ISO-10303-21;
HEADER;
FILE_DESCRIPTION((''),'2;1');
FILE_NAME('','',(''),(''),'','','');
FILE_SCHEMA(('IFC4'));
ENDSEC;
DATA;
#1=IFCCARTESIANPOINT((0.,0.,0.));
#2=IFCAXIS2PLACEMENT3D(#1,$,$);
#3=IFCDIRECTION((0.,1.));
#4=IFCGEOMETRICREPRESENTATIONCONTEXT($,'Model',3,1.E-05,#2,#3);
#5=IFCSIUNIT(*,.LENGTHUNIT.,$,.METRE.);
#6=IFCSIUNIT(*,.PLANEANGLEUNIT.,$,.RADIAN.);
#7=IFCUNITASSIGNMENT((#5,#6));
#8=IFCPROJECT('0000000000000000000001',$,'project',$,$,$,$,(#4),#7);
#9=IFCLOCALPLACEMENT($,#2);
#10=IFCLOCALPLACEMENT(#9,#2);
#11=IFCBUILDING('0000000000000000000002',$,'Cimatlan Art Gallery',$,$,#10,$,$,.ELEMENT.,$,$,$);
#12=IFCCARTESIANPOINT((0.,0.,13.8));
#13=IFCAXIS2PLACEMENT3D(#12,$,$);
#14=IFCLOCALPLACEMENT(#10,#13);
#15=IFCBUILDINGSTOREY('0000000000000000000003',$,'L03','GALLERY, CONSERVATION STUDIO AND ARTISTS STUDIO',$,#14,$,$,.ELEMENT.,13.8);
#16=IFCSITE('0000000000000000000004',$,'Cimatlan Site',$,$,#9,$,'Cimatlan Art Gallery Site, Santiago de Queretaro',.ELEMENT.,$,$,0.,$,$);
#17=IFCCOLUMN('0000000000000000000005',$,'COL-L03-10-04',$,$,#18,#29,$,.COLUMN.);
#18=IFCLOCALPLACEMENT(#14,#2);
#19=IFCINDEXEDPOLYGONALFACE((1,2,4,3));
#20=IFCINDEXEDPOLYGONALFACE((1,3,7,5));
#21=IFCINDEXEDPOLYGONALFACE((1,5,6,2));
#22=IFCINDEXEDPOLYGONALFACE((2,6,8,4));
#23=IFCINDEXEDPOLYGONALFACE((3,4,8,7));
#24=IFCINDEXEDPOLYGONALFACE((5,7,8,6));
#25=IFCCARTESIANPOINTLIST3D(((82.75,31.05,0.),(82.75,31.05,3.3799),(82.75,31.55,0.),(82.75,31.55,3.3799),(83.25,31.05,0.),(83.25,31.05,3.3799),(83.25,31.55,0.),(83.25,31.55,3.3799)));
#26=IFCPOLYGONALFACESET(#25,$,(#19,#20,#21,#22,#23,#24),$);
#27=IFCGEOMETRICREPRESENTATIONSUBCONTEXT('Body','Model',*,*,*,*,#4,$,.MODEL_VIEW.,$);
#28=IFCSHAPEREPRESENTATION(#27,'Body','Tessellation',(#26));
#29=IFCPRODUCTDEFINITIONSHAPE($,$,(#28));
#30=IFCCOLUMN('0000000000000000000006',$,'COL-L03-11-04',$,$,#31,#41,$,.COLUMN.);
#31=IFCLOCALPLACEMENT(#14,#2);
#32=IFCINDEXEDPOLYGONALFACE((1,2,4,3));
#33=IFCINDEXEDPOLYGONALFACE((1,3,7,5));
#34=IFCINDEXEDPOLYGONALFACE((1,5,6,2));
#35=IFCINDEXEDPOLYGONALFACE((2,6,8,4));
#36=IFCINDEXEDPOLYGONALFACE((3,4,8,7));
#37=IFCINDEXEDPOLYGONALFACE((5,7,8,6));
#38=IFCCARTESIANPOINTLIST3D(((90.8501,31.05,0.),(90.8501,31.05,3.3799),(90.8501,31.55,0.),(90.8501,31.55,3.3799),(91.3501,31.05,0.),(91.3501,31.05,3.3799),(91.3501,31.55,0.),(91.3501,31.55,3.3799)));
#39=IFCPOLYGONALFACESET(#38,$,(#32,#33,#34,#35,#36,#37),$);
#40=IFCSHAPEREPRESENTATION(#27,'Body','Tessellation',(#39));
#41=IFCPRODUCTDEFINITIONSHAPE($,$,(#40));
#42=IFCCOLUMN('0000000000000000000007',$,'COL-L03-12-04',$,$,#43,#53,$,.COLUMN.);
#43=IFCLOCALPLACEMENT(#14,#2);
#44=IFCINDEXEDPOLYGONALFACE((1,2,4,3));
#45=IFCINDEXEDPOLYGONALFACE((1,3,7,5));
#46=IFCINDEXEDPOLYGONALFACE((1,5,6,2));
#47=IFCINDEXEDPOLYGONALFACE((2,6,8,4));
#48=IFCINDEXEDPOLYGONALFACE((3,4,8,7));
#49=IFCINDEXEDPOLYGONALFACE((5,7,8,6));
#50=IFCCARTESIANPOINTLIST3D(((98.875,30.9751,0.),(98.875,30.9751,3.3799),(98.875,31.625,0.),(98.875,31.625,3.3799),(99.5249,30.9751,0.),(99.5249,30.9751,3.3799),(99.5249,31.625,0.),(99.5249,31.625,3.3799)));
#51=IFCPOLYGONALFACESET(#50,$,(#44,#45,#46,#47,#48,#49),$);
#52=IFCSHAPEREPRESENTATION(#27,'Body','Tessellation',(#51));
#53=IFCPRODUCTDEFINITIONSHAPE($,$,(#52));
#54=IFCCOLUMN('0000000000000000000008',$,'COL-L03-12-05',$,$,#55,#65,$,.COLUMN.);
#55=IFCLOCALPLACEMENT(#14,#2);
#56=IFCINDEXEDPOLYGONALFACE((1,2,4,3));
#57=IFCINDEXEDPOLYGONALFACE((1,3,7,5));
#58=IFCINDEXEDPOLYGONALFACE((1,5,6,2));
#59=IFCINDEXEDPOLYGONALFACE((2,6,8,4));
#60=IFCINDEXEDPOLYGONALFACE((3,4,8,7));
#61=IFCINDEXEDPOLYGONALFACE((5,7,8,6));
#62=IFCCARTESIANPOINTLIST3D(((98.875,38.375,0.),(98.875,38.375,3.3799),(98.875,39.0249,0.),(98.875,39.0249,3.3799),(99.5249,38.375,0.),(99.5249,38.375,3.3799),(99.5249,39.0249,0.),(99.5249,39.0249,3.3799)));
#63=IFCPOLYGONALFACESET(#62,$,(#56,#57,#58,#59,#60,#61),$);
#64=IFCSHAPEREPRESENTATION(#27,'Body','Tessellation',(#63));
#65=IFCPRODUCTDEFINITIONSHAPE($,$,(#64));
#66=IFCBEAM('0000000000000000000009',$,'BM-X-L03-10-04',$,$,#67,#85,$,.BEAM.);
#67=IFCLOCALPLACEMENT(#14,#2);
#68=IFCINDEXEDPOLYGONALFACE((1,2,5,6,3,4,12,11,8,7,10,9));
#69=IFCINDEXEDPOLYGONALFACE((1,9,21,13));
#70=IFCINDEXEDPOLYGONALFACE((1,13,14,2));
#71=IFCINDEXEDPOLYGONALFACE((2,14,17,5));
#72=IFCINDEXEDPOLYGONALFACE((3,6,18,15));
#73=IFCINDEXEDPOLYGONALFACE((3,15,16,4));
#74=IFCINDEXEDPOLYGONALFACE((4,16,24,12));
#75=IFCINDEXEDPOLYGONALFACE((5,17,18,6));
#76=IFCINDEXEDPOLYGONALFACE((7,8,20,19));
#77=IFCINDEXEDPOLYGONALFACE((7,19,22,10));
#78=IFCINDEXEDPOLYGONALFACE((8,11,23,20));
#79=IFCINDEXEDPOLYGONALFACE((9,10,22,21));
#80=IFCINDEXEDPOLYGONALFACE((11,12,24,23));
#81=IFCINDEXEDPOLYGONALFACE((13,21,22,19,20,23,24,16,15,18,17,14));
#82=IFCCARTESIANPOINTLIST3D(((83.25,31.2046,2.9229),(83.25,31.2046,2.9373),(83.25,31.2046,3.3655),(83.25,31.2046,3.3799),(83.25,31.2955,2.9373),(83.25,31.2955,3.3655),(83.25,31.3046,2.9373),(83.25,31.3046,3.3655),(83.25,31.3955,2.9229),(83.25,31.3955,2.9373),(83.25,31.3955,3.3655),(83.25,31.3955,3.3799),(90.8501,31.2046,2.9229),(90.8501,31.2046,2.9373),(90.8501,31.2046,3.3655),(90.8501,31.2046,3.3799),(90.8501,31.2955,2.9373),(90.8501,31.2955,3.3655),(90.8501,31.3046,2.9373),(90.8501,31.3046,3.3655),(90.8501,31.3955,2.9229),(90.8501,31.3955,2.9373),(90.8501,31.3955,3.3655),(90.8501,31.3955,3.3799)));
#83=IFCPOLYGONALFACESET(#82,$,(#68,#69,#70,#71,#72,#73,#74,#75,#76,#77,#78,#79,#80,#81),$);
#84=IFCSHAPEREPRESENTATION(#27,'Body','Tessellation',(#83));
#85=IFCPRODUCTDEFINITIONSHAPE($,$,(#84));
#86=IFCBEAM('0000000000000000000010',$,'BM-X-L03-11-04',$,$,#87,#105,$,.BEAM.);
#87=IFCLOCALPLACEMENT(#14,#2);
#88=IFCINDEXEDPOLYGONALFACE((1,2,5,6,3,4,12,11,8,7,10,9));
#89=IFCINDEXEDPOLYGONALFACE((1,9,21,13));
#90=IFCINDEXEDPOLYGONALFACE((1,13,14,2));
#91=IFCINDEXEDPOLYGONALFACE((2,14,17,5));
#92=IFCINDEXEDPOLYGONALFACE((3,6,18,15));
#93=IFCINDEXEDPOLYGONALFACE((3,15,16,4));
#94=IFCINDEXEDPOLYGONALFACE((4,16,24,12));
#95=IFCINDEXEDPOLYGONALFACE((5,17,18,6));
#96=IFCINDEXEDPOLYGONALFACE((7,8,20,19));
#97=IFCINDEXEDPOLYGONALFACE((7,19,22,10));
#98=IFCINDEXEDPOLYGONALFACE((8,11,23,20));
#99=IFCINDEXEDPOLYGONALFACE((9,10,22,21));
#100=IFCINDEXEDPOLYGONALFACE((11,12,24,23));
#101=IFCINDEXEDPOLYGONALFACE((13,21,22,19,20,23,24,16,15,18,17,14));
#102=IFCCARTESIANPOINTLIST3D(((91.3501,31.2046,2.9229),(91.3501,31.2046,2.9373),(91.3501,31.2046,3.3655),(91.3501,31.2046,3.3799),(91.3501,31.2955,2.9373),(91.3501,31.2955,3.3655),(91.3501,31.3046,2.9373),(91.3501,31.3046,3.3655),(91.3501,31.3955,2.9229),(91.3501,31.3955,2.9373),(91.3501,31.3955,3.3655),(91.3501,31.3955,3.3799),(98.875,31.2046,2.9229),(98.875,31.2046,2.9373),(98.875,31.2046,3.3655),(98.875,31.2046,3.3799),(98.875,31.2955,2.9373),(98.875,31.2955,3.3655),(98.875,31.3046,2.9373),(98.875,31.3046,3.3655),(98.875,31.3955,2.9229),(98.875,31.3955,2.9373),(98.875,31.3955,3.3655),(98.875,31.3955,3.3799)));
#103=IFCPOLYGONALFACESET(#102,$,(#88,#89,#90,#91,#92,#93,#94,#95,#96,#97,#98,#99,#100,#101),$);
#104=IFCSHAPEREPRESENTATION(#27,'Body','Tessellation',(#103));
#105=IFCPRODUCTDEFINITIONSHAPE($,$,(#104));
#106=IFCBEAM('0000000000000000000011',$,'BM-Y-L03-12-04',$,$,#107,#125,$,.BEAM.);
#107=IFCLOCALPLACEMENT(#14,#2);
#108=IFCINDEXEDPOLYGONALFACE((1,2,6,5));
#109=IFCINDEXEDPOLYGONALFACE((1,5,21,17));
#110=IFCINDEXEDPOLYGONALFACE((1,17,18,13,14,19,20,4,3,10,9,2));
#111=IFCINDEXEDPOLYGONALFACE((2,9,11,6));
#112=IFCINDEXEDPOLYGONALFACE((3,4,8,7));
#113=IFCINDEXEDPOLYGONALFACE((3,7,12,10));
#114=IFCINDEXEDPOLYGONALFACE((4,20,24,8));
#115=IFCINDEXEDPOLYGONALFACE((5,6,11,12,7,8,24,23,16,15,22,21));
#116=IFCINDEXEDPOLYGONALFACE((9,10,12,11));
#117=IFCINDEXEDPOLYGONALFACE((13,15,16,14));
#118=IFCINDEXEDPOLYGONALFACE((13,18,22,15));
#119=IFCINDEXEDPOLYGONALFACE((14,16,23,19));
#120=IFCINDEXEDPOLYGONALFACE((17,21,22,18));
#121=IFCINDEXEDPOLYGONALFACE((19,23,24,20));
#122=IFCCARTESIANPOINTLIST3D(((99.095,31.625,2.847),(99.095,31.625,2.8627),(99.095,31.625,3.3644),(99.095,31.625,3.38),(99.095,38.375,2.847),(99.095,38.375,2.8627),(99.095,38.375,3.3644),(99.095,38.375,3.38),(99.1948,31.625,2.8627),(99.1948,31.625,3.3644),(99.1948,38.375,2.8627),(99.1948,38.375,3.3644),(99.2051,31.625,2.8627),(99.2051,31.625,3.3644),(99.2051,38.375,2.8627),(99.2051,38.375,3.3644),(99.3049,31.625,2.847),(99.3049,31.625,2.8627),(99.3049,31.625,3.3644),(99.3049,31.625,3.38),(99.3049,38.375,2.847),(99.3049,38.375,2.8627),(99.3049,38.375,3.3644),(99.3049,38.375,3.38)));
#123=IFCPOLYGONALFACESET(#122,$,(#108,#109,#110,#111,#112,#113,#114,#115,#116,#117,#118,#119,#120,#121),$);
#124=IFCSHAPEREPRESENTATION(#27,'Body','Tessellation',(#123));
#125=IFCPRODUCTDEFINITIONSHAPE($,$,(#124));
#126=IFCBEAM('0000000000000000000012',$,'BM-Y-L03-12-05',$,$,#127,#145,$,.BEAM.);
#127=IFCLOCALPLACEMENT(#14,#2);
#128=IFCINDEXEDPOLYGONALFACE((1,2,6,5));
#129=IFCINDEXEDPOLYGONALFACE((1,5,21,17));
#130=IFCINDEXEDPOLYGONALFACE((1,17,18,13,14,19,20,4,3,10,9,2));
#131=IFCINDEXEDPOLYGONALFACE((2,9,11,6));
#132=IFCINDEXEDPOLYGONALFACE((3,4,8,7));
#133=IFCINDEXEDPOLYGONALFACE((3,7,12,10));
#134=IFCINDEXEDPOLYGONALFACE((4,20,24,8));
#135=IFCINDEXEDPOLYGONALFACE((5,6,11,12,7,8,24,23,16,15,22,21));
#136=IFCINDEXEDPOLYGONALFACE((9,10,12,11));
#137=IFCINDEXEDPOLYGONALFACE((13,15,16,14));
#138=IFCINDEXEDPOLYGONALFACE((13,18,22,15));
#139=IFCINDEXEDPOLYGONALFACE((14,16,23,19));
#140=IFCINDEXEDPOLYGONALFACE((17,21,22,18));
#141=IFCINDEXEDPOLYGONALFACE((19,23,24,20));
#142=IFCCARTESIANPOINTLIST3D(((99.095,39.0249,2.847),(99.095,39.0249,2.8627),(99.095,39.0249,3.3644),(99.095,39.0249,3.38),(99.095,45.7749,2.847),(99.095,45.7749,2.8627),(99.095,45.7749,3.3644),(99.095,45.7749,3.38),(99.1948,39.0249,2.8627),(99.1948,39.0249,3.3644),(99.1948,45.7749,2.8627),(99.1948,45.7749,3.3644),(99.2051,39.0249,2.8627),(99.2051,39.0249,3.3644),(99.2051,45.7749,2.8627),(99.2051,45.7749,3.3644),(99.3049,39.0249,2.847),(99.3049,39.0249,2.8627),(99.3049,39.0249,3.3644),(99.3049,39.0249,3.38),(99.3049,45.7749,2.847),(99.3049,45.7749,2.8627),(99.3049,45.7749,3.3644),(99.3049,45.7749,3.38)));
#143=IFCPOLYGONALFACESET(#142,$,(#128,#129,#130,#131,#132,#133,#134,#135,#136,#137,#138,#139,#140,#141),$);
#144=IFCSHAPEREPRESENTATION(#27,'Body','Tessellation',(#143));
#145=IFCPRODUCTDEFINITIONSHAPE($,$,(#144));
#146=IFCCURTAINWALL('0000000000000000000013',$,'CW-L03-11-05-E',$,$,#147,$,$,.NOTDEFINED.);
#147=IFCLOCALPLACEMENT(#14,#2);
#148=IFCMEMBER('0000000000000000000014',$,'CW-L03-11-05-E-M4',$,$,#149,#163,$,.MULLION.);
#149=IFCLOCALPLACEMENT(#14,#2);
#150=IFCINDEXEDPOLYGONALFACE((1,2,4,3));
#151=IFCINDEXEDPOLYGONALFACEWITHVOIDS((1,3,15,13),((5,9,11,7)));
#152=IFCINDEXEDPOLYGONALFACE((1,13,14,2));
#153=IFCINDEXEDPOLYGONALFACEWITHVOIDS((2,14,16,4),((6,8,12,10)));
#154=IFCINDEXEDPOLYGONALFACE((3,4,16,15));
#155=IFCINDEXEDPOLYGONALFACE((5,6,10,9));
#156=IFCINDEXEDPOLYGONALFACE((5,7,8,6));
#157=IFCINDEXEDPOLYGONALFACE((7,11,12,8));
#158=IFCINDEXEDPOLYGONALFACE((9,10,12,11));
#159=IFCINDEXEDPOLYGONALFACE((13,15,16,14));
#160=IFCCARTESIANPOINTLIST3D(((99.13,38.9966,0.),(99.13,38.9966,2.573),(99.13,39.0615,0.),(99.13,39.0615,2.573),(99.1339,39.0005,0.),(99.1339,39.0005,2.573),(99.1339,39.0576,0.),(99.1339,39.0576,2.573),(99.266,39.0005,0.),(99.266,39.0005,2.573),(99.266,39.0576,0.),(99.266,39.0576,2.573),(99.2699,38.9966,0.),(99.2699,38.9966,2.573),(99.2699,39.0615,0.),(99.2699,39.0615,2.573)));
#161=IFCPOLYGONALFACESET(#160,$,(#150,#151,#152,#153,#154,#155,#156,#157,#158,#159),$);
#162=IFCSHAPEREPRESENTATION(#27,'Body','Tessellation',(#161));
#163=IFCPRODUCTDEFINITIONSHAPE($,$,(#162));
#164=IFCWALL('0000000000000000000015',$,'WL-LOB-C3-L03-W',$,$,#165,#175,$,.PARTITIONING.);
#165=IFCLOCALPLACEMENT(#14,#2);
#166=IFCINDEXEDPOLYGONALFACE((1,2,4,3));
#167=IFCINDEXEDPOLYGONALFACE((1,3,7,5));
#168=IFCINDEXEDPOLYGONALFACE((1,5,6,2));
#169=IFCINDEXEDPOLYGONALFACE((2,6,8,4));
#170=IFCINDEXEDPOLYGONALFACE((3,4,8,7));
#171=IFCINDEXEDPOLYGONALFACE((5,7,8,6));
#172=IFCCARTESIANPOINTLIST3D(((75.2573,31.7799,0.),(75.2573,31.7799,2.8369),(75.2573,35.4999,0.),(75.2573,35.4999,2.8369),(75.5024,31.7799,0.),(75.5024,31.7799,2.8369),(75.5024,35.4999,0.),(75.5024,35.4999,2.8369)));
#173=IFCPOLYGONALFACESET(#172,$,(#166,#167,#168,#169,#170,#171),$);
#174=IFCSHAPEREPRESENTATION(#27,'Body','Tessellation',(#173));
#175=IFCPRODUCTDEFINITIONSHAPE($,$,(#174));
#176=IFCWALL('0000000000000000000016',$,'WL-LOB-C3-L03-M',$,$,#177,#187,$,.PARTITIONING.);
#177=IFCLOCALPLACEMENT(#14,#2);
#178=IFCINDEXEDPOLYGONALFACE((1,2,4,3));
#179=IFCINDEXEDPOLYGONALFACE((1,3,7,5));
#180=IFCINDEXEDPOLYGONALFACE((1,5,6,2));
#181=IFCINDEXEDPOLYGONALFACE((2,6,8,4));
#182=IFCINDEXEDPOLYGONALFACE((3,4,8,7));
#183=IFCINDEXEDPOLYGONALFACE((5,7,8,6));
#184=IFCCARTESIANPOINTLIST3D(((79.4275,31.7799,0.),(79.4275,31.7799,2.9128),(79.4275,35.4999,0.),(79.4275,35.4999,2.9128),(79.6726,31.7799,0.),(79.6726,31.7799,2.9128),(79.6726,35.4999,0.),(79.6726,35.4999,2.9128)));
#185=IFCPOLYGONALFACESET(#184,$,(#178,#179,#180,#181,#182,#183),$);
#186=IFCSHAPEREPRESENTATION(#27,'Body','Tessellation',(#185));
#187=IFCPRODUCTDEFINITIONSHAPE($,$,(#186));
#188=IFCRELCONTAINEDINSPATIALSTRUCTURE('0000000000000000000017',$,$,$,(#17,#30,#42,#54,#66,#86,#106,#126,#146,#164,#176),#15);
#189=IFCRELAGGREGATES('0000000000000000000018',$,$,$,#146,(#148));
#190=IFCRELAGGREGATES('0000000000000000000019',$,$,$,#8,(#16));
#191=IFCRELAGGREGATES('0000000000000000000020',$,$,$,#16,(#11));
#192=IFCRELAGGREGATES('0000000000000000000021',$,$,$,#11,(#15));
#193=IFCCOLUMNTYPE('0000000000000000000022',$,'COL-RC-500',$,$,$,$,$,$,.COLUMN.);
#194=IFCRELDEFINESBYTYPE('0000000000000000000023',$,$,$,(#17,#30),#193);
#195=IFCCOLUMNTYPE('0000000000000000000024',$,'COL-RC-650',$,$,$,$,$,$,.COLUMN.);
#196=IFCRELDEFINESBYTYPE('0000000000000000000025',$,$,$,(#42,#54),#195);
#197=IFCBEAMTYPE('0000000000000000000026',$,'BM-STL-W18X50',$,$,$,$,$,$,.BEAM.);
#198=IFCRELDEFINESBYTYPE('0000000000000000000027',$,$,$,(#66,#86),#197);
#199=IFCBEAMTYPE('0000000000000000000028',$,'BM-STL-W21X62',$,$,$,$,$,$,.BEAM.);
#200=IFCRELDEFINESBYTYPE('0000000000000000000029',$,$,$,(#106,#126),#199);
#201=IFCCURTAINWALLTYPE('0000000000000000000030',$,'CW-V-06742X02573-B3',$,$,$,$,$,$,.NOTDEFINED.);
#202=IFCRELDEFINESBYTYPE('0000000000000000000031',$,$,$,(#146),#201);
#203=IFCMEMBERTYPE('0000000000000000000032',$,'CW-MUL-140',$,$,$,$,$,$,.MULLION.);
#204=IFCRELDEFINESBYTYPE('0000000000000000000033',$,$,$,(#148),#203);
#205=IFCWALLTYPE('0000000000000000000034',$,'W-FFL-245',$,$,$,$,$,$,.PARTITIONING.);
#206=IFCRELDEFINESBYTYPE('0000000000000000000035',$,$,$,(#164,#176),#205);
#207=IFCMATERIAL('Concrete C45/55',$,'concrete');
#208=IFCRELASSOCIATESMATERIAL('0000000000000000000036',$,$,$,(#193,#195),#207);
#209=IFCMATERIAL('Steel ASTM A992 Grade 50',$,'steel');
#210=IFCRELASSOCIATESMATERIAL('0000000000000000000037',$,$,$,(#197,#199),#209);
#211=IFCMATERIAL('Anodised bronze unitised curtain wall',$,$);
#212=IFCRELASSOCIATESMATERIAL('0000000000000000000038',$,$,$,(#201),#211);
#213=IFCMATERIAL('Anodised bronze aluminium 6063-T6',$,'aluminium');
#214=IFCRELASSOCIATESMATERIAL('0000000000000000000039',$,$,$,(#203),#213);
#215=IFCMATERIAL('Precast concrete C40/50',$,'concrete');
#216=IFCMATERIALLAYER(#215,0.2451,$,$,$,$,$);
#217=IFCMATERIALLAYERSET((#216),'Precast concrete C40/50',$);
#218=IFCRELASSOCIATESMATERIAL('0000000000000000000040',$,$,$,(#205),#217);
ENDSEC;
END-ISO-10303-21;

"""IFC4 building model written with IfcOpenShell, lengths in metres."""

from ifc_helpers import new_model, si_unit, direction, frame, frame_2d, origin, origin_2d, place, context, subcontext, project, spatial, rectangle, hollow_rectangle, i_section, extrude, material, layer, layer_set, material_profile, profile_set, type_object, element, aggregate, save


model = new_model("IFC4")

# Units and contexts
model_context = context("Model", 3, precision=1e-05, world=origin(), true_north=direction((0.0, 1.0)))
body_context = subcontext(model_context, "Body", "Model", "MODEL_VIEW")
ifc_project = project(units=[si_unit("LENGTHUNIT", "METRE"), si_unit("PLANEANGLEUNIT", "RADIAN")], contexts=[model_context])

# Site, building, storey
site_placement = place(None, origin())
site = spatial("IfcSite", under=ifc_project, at=site_placement, Name="Cimatlan Site", LongName="Cimatlan Art Gallery Site, Santiago de Queretaro", CompositionType="ELEMENT", RefElevation=0.0)
building_placement = place(site_placement, origin())
building = spatial("IfcBuilding", under=site, at=building_placement, Name="Cimatlan Art Gallery", CompositionType="ELEMENT")
storey_placement = place(building_placement, frame((0.0, 0.0, 13.8)))
storey = spatial("IfcBuildingStorey", under=building, at=storey_placement, Name="L03", Description="GALLERY, CONSERVATION STUDIO AND ARTISTS STUDIO", CompositionType="ELEMENT", Elevation=13.8)

# Columns
ifc_material_1 = material(Name="Concrete C45/55", Category="concrete")
ifc_material_profile_1 = material_profile(ifc_material_1, rectangle(XDim=0.5, YDim=0.5, at=origin_2d()), Name="RC500X500")
ifc_profile_set_1 = profile_set([ifc_material_profile_1], Name="Concrete C45/55")
column_type_1 = type_object("IfcColumnType", Name="COL-RC-500", PredefinedType="COLUMN", material=ifc_profile_set_1)
for number, where, z_axis, x_axis, name in (
    (1, (83.0, 31.3, 0.0), (0.0, 0.0, 1.0), (1.0, 0.0, 0.0), "COL-L03-10-04"),
    (2, (91.1001, 31.3, 0.0), (0.0, 0.0, 1.0), (1.0, 0.0, 0.0), "COL-L03-11-04"),
):
    element("IfcColumn", number, at=place(storey_placement, frame(where, z_axis=z_axis, x_axis=x_axis)), inside=storey, type_object=column_type_1, Name=name, PredefinedType="COLUMN", context=body_context, shape_type="SweptSolid", body=[
        extrude(rectangle(XDim=0.5, YDim=0.5, at=origin_2d()), origin(), (0.0, 0.0, 1.0), 3.3799),
    ])
ifc_material_profile_2 = material_profile(ifc_material_1, rectangle(XDim=0.6499, YDim=0.6499, at=origin_2d()), Name="RC650X650")
ifc_profile_set_2 = profile_set([ifc_material_profile_2], Name="Concrete C45/55")
column_type_2 = type_object("IfcColumnType", Name="COL-RC-650", PredefinedType="COLUMN", material=ifc_profile_set_2)
for number, where, z_axis, x_axis, name in (
    (3, (99.2, 31.3, 0.0), (0.0, 0.0, 1.0), (1.0, 0.0, 0.0), "COL-L03-12-04"),
    (4, (99.2, 38.7, 0.0), (0.0, 0.0, 1.0), (1.0, 0.0, 0.0), "COL-L03-12-05"),
):
    element("IfcColumn", number, at=place(storey_placement, frame(where, z_axis=z_axis, x_axis=x_axis)), inside=storey, type_object=column_type_2, Name=name, PredefinedType="COLUMN", context=body_context, shape_type="SweptSolid", body=[
        extrude(rectangle(XDim=0.6499, YDim=0.6499, at=origin_2d()), origin(), (0.0, 0.0, 1.0), 3.3799),
    ])

# Beams
ifc_material_2 = material(Name="Steel ASTM A992 Grade 50", Category="steel")
ifc_material_profile_3 = material_profile(ifc_material_2, i_section(OverallWidth=0.1909, OverallDepth=0.457, WebThickness=0.009, FlangeThickness=0.0144, at=origin_2d()), Name="W18X50")
ifc_profile_set_3 = profile_set([ifc_material_profile_3], Name="Steel ASTM A992 Grade 50")
beam_type_1 = type_object("IfcBeamType", Name="BM-STL-W18X50", PredefinedType="BEAM", material=ifc_profile_set_3)
beam_1_placement = place(storey_placement, frame((83.25, 31.3, 3.1514), z_axis=(1.0, 0.0, 0.0), x_axis=(0.0, 1.0, 0.0)))
element("IfcBeam", 5, at=beam_1_placement, inside=storey, type_object=beam_type_1, Name="BM-X-L03-10-04", PredefinedType="BEAM", context=body_context, shape_type="SweptSolid", body=[
    extrude(i_section(OverallWidth=0.1909, OverallDepth=0.457, WebThickness=0.009, FlangeThickness=0.0144, at=origin_2d()), origin(), (0.0, 0.0, 1.0), 7.6001),
])
beam_2_placement = place(storey_placement, frame((91.3501, 31.3, 3.1514), z_axis=(1.0, 0.0, 0.0), x_axis=(0.0, 1.0, 0.0)))
element("IfcBeam", 6, at=beam_2_placement, inside=storey, type_object=beam_type_1, Name="BM-X-L03-11-04", PredefinedType="BEAM", context=body_context, shape_type="SweptSolid", body=[
    extrude(i_section(OverallWidth=0.1909, OverallDepth=0.457, WebThickness=0.009, FlangeThickness=0.0144, at=origin_2d()), origin(), (0.0, 0.0, 1.0), 7.5249),
])
ifc_material_profile_4 = material_profile(ifc_material_2, i_section(OverallWidth=0.21, OverallDepth=0.533, WebThickness=0.0103, FlangeThickness=0.0156, at=origin_2d()), Name="W21X62")
ifc_profile_set_4 = profile_set([ifc_material_profile_4], Name="Steel ASTM A992 Grade 50")
beam_type_2 = type_object("IfcBeamType", Name="BM-STL-W21X62", PredefinedType="BEAM", material=ifc_profile_set_4)
for number, where, z_axis, x_axis, name in (
    (7, (99.2, 31.625, 3.1135), (0.0, 1.0, 0.0), (-1.0, 0.0, 0.0), "BM-Y-L03-12-04"),
    (8, (99.2, 39.0249, 3.1135), (0.0, 1.0, 0.0), (-1.0, 0.0, 0.0), "BM-Y-L03-12-05"),
):
    element("IfcBeam", number, at=place(storey_placement, frame(where, z_axis=z_axis, x_axis=x_axis)), inside=storey, type_object=beam_type_2, Name=name, PredefinedType="BEAM", context=body_context, shape_type="SweptSolid", body=[
        extrude(i_section(OverallWidth=0.21, OverallDepth=0.533, WebThickness=0.0103, FlangeThickness=0.0156, at=origin_2d()), origin(), (0.0, 0.0, 1.0), 6.75),
    ])

# Curtain wall, member
ifc_material_3 = material(Name="Anodised bronze unitised curtain wall")
curtain_wall_type = type_object("IfcCurtainWallType", Name="CW-V-06742X02573-B3", PredefinedType="NOTDEFINED", material=ifc_material_3)
curtain_wall_placement = place(storey_placement, origin())
curtain_wall = element("IfcCurtainWall", 9, at=curtain_wall_placement, inside=storey, type_object=curtain_wall_type, Name="CW-L03-11-05-E", PredefinedType="NOTDEFINED")
ifc_material_4 = material(Name="Anodised bronze aluminium 6063-T6", Category="aluminium")
ifc_material_profile_5 = material_profile(ifc_material_4, hollow_rectangle(XDim=0.0649, YDim=0.1399, WallThickness=0.0039, at=origin_2d()), Name="ALU65X140X4")
ifc_profile_set_5 = profile_set([ifc_material_profile_5], Name="Anodised bronze aluminium 6063-T6")
member_type = type_object("IfcMemberType", Name="CW-MUL-140", PredefinedType="MULLION", material=ifc_profile_set_5)
member_placement = place(storey_placement, frame((99.2, 39.0291, 0.0), z_axis=(0.0, 0.0, 1.0), x_axis=(0.0, 1.0, 0.0)))
member = element("IfcMember", 10, at=member_placement, type_object=member_type, Name="CW-L03-11-05-E-M4", PredefinedType="MULLION", context=body_context, shape_type="SweptSolid", body=[
    extrude(hollow_rectangle(XDim=0.0649, YDim=0.1399, WallThickness=0.0039, at=origin_2d()), origin(), (0.0, 0.0, 1.0), 2.573),
])
aggregate(curtain_wall, [member])

# Shared definitions
ifc_material_5 = material(Name="Precast concrete C40/50", Category="concrete")
ifc_layer_1 = layer(ifc_material_5, 0.2451)
ifc_layer_set_1 = layer_set([ifc_layer_1], Name="Precast concrete C40/50")
wall_type_1 = type_object("IfcWallType", Name="W-FFL-245", PredefinedType="PARTITIONING", material=ifc_layer_set_1)

# Walls
wall_1_placement = place(storey_placement, frame((75.3799, 31.78, 0.0), z_axis=(0.0, 0.0, 1.0), x_axis=(0.0, 1.0, 0.0)))
element("IfcWall", 11, at=wall_1_placement, inside=storey, type_object=wall_type_1, Name="WL-LOB-C3-L03-W", PredefinedType="PARTITIONING", context=body_context, shape_type="SweptSolid", body=[
    extrude(rectangle(XDim=3.72, YDim=0.2451, at=frame_2d((1.8599, 0.0))), origin(), (0.0, 0.0, 1.0), 2.8369),
])
wall_2_placement = place(storey_placement, frame((79.55, 31.78, 0.0), z_axis=(0.0, 0.0, 1.0), x_axis=(0.0, 1.0, 0.0)))
element("IfcWall", 12, at=wall_2_placement, inside=storey, type_object=wall_type_1, Name="WL-LOB-C3-L03-M", PredefinedType="PARTITIONING", context=body_context, shape_type="SweptSolid", body=[
    extrude(rectangle(XDim=3.72, YDim=0.2451, at=frame_2d((1.8599, 0.0))), origin(), (0.0, 0.0, 1.0), 2.9128),
])

save(model, "model.ifc")
